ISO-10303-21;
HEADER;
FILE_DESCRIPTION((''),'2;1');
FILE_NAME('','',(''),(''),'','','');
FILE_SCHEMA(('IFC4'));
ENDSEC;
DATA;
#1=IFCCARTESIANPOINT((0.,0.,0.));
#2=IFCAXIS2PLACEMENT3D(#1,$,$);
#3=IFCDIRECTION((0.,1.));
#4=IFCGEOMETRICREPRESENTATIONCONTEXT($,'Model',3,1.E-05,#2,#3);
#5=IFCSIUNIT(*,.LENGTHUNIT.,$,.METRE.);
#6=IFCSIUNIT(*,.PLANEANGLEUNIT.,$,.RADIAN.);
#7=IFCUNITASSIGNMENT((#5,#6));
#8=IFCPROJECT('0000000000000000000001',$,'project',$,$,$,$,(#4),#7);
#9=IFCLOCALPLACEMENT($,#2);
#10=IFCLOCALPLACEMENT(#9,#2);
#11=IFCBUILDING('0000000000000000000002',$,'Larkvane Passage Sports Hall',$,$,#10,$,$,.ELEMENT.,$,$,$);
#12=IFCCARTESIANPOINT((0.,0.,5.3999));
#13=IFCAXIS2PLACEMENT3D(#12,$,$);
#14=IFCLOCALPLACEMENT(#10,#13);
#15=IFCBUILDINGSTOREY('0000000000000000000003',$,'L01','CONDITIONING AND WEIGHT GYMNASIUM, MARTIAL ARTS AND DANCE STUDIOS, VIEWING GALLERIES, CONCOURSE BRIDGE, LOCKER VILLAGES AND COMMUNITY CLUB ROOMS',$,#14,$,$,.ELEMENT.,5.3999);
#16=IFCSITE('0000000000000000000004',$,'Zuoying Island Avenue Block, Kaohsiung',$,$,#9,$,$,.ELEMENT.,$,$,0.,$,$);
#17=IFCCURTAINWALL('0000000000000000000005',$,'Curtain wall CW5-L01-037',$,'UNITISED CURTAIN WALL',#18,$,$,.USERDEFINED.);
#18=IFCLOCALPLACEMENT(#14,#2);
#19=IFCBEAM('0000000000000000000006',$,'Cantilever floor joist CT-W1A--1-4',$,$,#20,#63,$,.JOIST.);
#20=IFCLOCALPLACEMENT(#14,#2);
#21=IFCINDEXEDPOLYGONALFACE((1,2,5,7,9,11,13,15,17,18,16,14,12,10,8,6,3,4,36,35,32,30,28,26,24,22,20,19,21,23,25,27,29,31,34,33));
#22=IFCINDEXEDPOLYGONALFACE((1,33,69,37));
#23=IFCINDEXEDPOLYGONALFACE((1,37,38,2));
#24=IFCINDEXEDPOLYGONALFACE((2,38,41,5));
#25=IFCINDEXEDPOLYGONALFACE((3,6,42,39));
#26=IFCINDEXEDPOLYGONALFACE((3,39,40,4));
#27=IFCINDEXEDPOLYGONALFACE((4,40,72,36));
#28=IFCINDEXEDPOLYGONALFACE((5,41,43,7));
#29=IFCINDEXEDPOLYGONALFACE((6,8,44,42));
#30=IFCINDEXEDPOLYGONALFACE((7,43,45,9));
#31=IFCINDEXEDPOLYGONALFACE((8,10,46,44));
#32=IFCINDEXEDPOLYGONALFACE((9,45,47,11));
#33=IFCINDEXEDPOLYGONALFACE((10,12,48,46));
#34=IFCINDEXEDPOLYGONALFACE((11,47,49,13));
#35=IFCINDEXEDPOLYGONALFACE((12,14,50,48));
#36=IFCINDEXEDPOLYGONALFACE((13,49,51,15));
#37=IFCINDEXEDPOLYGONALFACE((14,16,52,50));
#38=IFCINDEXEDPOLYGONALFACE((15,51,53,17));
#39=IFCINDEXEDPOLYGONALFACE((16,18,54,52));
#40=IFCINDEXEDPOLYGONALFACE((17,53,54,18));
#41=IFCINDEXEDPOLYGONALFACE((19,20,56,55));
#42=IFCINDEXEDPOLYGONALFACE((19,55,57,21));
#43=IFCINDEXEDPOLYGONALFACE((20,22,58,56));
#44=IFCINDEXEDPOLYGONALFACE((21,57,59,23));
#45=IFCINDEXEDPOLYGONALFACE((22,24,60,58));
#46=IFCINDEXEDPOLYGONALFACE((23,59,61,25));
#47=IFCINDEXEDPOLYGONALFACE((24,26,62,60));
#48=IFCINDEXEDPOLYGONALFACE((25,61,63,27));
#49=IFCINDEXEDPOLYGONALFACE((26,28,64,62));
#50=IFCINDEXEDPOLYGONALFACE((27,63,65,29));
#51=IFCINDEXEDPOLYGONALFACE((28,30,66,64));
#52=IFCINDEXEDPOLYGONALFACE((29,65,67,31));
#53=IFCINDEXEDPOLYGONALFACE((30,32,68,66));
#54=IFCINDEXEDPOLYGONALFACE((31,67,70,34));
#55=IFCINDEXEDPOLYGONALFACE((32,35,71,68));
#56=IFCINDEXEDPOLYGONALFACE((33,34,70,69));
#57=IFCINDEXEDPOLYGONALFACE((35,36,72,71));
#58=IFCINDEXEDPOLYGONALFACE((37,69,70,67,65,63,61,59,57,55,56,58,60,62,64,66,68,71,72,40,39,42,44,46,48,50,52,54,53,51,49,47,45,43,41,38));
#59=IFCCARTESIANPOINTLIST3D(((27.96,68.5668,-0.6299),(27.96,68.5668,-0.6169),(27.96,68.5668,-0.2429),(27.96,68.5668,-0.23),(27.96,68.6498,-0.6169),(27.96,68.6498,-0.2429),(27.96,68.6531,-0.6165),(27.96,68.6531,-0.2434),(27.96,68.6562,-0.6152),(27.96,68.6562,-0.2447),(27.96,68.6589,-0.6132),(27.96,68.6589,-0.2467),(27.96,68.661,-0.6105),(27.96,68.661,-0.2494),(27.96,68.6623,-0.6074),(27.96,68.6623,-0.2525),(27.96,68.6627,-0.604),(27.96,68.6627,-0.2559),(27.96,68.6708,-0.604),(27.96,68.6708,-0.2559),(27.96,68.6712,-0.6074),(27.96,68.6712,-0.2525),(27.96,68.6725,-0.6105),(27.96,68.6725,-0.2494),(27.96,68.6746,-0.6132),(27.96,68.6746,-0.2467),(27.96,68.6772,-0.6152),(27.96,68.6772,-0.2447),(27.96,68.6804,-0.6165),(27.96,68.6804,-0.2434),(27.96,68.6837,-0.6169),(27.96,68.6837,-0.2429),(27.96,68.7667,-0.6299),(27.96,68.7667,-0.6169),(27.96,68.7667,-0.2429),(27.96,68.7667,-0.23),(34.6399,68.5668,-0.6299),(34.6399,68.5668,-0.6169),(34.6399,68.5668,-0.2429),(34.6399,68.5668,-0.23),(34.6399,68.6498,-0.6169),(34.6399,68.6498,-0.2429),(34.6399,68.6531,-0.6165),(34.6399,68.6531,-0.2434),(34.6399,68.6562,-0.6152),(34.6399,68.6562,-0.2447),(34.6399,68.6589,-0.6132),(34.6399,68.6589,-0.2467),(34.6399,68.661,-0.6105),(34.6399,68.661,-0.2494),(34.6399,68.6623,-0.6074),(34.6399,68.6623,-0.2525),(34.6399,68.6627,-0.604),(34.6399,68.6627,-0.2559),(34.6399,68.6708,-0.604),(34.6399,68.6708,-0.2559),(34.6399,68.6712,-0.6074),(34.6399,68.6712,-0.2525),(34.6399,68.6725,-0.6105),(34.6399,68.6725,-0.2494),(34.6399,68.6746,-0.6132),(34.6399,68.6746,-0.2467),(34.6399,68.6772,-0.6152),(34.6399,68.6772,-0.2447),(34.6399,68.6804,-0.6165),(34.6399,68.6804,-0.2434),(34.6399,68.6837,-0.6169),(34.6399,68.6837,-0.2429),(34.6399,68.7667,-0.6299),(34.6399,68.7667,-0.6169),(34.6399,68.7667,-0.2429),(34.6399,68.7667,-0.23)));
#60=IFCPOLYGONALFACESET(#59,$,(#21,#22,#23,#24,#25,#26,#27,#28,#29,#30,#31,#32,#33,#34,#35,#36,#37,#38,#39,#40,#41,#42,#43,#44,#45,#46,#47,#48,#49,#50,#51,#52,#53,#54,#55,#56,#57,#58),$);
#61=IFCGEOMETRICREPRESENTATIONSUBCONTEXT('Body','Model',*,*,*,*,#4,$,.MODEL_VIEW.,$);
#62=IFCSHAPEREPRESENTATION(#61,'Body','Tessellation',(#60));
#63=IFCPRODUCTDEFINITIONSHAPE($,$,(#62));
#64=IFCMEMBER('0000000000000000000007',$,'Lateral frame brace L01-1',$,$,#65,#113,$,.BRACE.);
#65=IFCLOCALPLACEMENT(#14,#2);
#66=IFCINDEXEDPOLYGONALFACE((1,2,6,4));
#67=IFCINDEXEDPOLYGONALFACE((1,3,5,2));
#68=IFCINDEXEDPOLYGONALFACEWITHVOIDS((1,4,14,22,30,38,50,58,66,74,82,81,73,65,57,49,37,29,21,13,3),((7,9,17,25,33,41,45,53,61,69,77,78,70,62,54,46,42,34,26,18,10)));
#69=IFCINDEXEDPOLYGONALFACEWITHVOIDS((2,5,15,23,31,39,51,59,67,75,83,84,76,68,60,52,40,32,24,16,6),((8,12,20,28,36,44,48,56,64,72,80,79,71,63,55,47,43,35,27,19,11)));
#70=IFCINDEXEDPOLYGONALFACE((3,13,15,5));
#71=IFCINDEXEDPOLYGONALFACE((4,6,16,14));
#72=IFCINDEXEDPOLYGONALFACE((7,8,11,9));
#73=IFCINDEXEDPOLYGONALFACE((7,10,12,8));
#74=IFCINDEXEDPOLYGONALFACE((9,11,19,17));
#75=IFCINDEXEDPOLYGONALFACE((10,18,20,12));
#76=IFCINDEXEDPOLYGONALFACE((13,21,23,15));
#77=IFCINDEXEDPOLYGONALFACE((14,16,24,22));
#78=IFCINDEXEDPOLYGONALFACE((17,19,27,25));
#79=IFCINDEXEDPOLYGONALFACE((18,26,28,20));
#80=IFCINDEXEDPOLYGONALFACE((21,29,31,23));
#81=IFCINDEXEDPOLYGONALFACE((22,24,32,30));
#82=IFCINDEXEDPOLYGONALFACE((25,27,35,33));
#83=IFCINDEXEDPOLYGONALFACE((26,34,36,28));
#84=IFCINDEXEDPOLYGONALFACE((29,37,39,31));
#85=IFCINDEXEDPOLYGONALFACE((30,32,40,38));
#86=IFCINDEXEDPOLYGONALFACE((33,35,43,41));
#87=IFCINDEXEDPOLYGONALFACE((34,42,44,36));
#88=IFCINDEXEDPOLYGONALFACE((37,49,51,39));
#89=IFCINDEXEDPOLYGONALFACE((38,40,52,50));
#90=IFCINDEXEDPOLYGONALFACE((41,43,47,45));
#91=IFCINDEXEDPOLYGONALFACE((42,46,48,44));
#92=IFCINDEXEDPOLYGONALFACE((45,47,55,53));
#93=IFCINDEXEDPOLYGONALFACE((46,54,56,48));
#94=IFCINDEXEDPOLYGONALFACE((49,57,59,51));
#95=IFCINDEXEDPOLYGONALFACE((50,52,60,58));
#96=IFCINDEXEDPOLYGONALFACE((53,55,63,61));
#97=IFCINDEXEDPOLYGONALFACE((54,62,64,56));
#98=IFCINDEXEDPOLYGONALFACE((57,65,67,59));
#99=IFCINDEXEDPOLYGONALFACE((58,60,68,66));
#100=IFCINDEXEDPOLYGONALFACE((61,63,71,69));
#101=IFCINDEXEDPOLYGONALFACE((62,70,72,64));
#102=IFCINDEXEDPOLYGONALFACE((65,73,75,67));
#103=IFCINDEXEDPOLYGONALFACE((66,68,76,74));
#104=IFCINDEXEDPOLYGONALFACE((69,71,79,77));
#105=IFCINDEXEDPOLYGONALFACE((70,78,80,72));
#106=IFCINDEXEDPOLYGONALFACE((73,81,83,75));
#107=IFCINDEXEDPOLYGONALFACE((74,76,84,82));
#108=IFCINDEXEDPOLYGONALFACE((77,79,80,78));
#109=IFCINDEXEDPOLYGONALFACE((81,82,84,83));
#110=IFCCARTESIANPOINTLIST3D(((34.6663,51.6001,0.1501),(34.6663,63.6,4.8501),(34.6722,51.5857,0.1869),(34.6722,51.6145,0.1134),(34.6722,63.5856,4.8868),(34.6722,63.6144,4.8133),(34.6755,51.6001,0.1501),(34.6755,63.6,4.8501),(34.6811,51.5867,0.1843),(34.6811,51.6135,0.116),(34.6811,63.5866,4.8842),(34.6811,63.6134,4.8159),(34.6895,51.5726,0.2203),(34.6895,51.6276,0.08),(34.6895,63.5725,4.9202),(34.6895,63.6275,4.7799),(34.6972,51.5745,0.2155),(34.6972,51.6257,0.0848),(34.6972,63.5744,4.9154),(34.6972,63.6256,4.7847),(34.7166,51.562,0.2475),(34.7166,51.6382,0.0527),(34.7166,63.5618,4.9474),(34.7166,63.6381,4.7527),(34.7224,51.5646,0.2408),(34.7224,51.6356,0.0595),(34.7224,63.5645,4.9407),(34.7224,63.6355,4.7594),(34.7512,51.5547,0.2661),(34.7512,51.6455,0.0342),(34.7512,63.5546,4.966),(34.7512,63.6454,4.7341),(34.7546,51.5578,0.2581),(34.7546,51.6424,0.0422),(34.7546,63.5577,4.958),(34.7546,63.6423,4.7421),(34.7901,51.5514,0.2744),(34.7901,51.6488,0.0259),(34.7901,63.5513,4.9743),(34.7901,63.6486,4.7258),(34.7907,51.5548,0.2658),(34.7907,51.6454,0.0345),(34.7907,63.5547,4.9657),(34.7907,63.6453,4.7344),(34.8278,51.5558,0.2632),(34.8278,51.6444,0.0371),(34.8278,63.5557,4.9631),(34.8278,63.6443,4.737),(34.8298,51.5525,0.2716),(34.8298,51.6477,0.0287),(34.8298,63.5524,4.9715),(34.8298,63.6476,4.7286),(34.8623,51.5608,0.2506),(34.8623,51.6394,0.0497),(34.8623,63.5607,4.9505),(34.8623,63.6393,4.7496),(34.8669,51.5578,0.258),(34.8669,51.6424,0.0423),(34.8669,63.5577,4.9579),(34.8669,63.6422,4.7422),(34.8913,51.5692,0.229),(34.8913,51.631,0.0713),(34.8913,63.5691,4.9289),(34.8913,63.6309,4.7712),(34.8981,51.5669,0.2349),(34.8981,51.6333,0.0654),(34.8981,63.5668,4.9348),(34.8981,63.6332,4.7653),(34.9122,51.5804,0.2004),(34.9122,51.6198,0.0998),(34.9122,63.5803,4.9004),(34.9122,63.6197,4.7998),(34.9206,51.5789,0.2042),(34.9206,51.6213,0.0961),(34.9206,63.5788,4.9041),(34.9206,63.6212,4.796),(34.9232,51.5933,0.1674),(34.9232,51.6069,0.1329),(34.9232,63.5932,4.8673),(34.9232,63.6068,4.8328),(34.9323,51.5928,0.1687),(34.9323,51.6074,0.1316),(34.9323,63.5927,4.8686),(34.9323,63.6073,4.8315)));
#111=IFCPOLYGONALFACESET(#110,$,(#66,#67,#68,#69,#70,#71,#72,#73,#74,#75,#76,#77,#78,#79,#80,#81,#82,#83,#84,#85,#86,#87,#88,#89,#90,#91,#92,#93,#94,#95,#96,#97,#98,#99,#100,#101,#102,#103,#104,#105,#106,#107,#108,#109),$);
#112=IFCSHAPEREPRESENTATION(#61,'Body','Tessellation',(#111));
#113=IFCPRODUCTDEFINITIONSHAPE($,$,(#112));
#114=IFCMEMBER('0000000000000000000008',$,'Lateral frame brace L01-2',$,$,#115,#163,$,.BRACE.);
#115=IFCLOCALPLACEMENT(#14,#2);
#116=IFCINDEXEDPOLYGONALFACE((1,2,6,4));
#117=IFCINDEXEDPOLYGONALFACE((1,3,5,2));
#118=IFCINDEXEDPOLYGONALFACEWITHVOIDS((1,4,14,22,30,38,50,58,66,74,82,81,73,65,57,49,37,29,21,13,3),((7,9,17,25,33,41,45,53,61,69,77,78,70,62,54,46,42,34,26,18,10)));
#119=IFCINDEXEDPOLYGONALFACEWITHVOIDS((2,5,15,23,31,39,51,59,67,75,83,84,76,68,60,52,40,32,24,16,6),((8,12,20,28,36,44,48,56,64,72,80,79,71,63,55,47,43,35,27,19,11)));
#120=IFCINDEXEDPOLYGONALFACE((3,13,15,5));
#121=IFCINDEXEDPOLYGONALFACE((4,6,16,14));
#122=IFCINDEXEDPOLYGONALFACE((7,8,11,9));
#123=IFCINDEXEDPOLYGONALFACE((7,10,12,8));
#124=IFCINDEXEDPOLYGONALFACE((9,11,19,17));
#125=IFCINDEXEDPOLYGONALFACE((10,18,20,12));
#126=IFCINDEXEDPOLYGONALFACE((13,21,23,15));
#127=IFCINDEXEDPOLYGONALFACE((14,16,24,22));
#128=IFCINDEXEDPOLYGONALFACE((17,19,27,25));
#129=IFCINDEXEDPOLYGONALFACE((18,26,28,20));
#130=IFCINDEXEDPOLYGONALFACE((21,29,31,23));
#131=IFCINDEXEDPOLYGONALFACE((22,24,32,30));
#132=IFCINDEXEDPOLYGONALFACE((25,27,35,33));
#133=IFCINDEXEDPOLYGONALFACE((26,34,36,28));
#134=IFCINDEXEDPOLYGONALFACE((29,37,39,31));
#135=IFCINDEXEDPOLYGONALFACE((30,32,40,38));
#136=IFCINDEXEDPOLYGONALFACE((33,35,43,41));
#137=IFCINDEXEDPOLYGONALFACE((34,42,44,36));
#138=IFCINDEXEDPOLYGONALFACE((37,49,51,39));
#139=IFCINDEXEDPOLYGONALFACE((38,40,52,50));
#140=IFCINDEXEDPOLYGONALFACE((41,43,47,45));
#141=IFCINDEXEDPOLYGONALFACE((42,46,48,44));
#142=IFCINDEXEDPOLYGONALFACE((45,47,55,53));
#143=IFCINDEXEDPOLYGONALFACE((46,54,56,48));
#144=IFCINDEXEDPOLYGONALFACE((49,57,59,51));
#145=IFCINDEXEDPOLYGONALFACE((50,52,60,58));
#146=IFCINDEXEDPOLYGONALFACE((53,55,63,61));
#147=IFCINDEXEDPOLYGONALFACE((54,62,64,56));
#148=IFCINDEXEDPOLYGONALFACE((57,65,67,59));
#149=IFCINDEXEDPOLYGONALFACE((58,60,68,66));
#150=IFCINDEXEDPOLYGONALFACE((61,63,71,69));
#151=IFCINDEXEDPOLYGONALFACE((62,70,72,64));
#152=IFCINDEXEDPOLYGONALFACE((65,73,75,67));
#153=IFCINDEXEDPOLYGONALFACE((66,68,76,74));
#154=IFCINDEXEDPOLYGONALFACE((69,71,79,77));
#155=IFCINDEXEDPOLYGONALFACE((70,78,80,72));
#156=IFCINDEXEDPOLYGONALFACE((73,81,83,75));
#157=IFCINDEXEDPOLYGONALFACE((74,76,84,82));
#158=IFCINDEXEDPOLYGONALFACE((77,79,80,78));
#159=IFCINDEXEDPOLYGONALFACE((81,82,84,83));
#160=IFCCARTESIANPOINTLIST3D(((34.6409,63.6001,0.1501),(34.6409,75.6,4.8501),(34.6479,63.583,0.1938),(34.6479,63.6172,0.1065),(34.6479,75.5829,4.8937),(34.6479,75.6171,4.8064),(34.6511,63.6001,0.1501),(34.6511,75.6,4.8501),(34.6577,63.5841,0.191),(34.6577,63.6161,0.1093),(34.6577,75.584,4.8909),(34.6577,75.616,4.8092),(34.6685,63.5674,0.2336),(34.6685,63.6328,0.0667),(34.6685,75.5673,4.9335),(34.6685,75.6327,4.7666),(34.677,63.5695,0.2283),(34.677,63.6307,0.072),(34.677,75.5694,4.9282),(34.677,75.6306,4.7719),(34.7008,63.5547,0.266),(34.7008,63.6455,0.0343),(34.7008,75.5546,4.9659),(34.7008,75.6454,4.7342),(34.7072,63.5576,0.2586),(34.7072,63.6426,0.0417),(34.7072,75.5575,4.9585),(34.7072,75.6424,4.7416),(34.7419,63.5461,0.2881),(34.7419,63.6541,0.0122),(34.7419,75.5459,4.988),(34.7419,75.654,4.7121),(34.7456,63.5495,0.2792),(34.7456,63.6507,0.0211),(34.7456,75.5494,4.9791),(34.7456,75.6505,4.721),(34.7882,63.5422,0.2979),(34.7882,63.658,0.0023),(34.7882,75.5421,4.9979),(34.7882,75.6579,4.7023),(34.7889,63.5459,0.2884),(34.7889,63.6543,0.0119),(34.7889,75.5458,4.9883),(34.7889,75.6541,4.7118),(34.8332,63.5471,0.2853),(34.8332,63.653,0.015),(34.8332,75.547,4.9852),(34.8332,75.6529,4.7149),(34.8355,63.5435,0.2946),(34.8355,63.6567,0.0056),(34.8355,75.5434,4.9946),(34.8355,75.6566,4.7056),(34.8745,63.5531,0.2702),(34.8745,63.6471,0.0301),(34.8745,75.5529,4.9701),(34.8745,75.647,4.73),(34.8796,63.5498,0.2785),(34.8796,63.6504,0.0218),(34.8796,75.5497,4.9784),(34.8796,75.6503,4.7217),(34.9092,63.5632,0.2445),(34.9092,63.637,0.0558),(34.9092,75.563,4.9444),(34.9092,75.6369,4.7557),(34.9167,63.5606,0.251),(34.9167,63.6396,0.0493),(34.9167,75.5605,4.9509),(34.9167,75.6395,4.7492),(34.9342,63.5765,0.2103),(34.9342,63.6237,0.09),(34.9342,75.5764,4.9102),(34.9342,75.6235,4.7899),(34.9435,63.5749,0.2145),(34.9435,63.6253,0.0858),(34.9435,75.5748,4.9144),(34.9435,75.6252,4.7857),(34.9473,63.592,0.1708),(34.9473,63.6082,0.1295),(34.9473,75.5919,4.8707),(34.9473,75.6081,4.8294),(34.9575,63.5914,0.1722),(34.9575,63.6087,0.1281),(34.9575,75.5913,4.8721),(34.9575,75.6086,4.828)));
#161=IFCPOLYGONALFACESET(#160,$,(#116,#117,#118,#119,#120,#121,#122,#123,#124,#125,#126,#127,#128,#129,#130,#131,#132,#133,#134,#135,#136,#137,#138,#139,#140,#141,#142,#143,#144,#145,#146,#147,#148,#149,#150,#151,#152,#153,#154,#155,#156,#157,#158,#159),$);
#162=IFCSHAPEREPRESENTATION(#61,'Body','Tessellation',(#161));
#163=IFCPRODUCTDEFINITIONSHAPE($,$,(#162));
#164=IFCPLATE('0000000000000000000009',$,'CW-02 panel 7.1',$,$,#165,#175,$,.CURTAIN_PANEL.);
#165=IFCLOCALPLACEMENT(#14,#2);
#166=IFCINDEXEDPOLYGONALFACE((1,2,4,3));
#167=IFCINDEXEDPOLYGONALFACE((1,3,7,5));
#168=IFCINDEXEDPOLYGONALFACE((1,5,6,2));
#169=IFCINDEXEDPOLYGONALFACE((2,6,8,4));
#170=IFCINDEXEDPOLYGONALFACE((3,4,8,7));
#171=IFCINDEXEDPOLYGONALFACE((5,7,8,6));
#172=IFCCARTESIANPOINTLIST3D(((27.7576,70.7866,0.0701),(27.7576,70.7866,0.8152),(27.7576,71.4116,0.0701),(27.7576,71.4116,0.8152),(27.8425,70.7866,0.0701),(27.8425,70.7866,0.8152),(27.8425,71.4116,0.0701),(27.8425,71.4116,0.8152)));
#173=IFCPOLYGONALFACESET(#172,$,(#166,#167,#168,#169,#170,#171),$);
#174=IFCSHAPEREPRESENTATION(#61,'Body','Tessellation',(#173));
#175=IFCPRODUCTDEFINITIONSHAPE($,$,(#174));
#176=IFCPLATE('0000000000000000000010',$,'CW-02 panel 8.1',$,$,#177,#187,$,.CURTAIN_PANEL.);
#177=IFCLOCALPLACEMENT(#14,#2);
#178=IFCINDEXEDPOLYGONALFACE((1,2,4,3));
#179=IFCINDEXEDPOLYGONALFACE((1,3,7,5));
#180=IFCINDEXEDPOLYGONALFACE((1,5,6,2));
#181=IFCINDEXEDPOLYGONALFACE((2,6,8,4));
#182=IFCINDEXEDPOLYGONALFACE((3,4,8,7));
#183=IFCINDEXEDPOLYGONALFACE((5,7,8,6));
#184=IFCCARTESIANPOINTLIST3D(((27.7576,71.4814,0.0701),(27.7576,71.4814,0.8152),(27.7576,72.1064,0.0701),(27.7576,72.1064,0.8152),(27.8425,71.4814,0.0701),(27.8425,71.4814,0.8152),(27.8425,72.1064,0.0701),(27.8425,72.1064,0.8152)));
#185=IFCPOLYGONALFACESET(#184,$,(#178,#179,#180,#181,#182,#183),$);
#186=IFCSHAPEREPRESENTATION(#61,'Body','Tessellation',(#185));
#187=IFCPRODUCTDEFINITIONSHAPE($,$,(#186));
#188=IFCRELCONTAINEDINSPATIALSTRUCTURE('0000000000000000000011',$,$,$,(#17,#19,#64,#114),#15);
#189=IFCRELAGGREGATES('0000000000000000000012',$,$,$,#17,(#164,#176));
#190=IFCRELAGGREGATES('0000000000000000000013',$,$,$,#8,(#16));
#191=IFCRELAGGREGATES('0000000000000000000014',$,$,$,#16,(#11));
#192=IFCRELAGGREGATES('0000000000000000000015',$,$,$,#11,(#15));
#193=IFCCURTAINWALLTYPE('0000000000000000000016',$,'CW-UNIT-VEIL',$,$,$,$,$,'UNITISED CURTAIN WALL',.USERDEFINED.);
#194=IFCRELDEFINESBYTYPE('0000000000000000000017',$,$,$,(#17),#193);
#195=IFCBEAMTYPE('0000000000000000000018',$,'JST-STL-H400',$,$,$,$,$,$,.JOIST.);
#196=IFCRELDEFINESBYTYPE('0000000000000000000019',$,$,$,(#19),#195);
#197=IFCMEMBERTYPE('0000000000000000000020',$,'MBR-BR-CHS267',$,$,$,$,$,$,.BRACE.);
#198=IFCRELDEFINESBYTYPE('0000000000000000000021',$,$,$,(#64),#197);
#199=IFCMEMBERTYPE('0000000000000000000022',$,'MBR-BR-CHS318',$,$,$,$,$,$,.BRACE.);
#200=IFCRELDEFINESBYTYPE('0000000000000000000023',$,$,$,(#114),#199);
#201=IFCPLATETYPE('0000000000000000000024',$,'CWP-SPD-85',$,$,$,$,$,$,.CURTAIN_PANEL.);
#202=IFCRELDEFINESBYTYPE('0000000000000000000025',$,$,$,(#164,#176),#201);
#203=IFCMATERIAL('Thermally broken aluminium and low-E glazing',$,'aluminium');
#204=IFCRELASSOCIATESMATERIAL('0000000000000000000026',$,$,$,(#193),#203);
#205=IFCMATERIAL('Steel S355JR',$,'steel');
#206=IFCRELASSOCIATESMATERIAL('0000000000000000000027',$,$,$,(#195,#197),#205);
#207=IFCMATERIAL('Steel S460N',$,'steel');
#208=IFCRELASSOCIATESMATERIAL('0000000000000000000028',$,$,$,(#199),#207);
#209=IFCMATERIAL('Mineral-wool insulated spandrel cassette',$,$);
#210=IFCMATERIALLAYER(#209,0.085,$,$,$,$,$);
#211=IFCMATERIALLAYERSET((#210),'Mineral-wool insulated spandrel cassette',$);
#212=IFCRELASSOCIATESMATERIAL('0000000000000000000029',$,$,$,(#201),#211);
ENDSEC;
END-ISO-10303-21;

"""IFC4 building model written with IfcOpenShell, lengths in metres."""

from ifc_helpers import new_model, si_unit, direction, frame, origin, origin_2d, place, context, subcontext, project, spatial, rectangle, hollow_circle, i_section, extrude, material, layer, layer_set, material_profile, profile_set, type_object, element, aggregate, save


model = new_model("IFC4")

# Units and contexts
model_context = context("Model", 3, precision=1e-05, world=origin(), true_north=direction((0.0, 1.0)))
body_context = subcontext(model_context, "Body", "Model", "MODEL_VIEW")
ifc_project = project(units=[si_unit("LENGTHUNIT", "METRE"), si_unit("PLANEANGLEUNIT", "RADIAN")], contexts=[model_context])

# Site, building, storey
site_placement = place(None, origin())
site = spatial("IfcSite", under=ifc_project, at=site_placement, Name="Zuoying Island Avenue Block, Kaohsiung", CompositionType="ELEMENT", RefElevation=0.0)
building_placement = place(site_placement, origin())
building = spatial("IfcBuilding", under=site, at=building_placement, Name="Larkvane Passage Sports Hall", CompositionType="ELEMENT")
storey_placement = place(building_placement, frame((0.0, 0.0, 5.3999)))
storey = spatial("IfcBuildingStorey", under=building, at=storey_placement, Name="L01", Description="CONDITIONING AND WEIGHT GYMNASIUM, MARTIAL ARTS AND DANCE STUDIOS, VIEWING GALLERIES, CONCOURSE BRIDGE, LOCKER VILLAGES AND COMMUNITY CLUB ROOMS", CompositionType="ELEMENT", Elevation=5.3999)

# Shared definitions
ifc_material_1 = material(Name="Steel S460N", Category="steel")

# Curtain wall
ifc_material_2 = material(Name="Thermally broken aluminium and low-E glazing", Category="aluminium")
curtain_wall_type = type_object("IfcCurtainWallType", Name="CW-UNIT-VEIL", ElementType="UNITISED CURTAIN WALL", PredefinedType="USERDEFINED", material=ifc_material_2)
curtain_wall_placement = place(storey_placement, origin())
curtain_wall = element("IfcCurtainWall", 1, at=curtain_wall_placement, inside=storey, type_object=curtain_wall_type, Name="Curtain wall CW5-L01-037", ObjectType="UNITISED CURTAIN WALL", PredefinedType="USERDEFINED")

# Beam
ifc_material_3 = material(Name="Steel S355JR", Category="steel")
ifc_material_profile_1 = material_profile(ifc_material_3, i_section(OverallWidth=0.2, OverallDepth=0.3999, WebThickness=0.0081, FlangeThickness=0.0129, FilletRadius=0.0129, at=origin_2d()), Name="H-400x200x8x13")
ifc_profile_set_1 = profile_set([ifc_material_profile_1], Name="Steel S355JR")
beam_type_1 = type_object("IfcBeamType", Name="JST-STL-H400", PredefinedType="JOIST", material=ifc_profile_set_1)
beam_1_placement = place(storey_placement, frame((27.96, 68.6667, -0.4299), z_axis=(1.0, 0.0, 0.0), x_axis=(0.0, 1.0, 0.0)))
element("IfcBeam", 2, at=beam_1_placement, inside=storey, type_object=beam_type_1, Name="Cantilever floor joist CT-W1A--1-4", PredefinedType="JOIST", context=body_context, shape_type="SweptSolid", body=[
    extrude(i_section(OverallWidth=0.2, OverallDepth=0.3999, WebThickness=0.0081, FlangeThickness=0.0129, FilletRadius=0.0129, at=origin_2d()), origin(), (0.0, 0.0, 1.0), 6.6799),
])

# Members
ifc_material_profile_2 = material_profile(ifc_material_3, hollow_circle(Radius=0.1338, WallThickness=0.0093, at=origin_2d()), Name="CHS-267.4x9.3")
ifc_profile_set_2 = profile_set([ifc_material_profile_2], Name="Steel S355JR")
member_type_1 = type_object("IfcMemberType", Name="MBR-BR-CHS267", PredefinedType="BRACE", material=ifc_profile_set_2)
member_1_placement = place(storey_placement, frame((34.8, 51.6001, 0.1501), z_axis=(0.0, 0.93113, 0.364689), x_axis=(-1.0, 0.0, 0.0)))
element("IfcMember", 3, at=member_1_placement, inside=storey, type_object=member_type_1, Name="Lateral frame brace L01-1", PredefinedType="BRACE", context=body_context, shape_type="SweptSolid", body=[
    extrude(hollow_circle(Radius=0.1338, WallThickness=0.0093, at=origin_2d()), origin(), (0.0, 0.0, 1.0), 12.8875),
])
ifc_material_profile_3 = material_profile(ifc_material_1, hollow_circle(Radius=0.1592, WallThickness=0.0103, at=origin_2d()), Name="CHS-318.5x10.3")
ifc_profile_set_3 = profile_set([ifc_material_profile_3], Name="Steel S460N")
member_type_2 = type_object("IfcMemberType", Name="MBR-BR-CHS318", PredefinedType="BRACE", material=ifc_profile_set_3)
member_2_placement = place(storey_placement, frame((34.8, 63.6001, 0.1501), z_axis=(0.0, 0.93113, 0.364689), x_axis=(-1.0, 0.0, 0.0)))
element("IfcMember", 4, at=member_2_placement, inside=storey, type_object=member_type_2, Name="Lateral frame brace L01-2", PredefinedType="BRACE", context=body_context, shape_type="SweptSolid", body=[
    extrude(hollow_circle(Radius=0.1592, WallThickness=0.0103, at=origin_2d()), origin(), (0.0, 0.0, 1.0), 12.8875),
])

# Plates
ifc_material_4 = material(Name="Mineral-wool insulated spandrel cassette")
ifc_layer_1 = layer(ifc_material_4, 0.085)
ifc_layer_set_1 = layer_set([ifc_layer_1], Name="Mineral-wool insulated spandrel cassette")
plate_type_1 = type_object("IfcPlateType", Name="CWP-SPD-85", PredefinedType="CURTAIN_PANEL", material=ifc_layer_set_1)
plate_1_placement = place(storey_placement, frame((27.8, 71.0991, 0.0701), z_axis=(0.0, 0.0, 1.0), x_axis=(0.0, 1.0, 0.0)))
plate_1 = element("IfcPlate", 5, at=plate_1_placement, type_object=plate_type_1, Name="CW-02 panel 7.1", PredefinedType="CURTAIN_PANEL", context=body_context, shape_type="SweptSolid", body=[
    extrude(rectangle(XDim=0.625, YDim=0.085, at=origin_2d()), origin(), (0.0, 0.0, 1.0), 0.7451),
])
plate_2_placement = place(storey_placement, frame((27.8, 71.7939, 0.0701), z_axis=(0.0, 0.0, 1.0), x_axis=(0.0, 1.0, 0.0)))
plate_2 = element("IfcPlate", 6, at=plate_2_placement, type_object=plate_type_1, Name="CW-02 panel 8.1", PredefinedType="CURTAIN_PANEL", context=body_context, shape_type="SweptSolid", body=[
    extrude(rectangle(XDim=0.625, YDim=0.085, at=origin_2d()), origin(), (0.0, 0.0, 1.0), 0.7451),
])
aggregate(curtain_wall, [plate_1, plate_2])

save(model, "model.ifc")
